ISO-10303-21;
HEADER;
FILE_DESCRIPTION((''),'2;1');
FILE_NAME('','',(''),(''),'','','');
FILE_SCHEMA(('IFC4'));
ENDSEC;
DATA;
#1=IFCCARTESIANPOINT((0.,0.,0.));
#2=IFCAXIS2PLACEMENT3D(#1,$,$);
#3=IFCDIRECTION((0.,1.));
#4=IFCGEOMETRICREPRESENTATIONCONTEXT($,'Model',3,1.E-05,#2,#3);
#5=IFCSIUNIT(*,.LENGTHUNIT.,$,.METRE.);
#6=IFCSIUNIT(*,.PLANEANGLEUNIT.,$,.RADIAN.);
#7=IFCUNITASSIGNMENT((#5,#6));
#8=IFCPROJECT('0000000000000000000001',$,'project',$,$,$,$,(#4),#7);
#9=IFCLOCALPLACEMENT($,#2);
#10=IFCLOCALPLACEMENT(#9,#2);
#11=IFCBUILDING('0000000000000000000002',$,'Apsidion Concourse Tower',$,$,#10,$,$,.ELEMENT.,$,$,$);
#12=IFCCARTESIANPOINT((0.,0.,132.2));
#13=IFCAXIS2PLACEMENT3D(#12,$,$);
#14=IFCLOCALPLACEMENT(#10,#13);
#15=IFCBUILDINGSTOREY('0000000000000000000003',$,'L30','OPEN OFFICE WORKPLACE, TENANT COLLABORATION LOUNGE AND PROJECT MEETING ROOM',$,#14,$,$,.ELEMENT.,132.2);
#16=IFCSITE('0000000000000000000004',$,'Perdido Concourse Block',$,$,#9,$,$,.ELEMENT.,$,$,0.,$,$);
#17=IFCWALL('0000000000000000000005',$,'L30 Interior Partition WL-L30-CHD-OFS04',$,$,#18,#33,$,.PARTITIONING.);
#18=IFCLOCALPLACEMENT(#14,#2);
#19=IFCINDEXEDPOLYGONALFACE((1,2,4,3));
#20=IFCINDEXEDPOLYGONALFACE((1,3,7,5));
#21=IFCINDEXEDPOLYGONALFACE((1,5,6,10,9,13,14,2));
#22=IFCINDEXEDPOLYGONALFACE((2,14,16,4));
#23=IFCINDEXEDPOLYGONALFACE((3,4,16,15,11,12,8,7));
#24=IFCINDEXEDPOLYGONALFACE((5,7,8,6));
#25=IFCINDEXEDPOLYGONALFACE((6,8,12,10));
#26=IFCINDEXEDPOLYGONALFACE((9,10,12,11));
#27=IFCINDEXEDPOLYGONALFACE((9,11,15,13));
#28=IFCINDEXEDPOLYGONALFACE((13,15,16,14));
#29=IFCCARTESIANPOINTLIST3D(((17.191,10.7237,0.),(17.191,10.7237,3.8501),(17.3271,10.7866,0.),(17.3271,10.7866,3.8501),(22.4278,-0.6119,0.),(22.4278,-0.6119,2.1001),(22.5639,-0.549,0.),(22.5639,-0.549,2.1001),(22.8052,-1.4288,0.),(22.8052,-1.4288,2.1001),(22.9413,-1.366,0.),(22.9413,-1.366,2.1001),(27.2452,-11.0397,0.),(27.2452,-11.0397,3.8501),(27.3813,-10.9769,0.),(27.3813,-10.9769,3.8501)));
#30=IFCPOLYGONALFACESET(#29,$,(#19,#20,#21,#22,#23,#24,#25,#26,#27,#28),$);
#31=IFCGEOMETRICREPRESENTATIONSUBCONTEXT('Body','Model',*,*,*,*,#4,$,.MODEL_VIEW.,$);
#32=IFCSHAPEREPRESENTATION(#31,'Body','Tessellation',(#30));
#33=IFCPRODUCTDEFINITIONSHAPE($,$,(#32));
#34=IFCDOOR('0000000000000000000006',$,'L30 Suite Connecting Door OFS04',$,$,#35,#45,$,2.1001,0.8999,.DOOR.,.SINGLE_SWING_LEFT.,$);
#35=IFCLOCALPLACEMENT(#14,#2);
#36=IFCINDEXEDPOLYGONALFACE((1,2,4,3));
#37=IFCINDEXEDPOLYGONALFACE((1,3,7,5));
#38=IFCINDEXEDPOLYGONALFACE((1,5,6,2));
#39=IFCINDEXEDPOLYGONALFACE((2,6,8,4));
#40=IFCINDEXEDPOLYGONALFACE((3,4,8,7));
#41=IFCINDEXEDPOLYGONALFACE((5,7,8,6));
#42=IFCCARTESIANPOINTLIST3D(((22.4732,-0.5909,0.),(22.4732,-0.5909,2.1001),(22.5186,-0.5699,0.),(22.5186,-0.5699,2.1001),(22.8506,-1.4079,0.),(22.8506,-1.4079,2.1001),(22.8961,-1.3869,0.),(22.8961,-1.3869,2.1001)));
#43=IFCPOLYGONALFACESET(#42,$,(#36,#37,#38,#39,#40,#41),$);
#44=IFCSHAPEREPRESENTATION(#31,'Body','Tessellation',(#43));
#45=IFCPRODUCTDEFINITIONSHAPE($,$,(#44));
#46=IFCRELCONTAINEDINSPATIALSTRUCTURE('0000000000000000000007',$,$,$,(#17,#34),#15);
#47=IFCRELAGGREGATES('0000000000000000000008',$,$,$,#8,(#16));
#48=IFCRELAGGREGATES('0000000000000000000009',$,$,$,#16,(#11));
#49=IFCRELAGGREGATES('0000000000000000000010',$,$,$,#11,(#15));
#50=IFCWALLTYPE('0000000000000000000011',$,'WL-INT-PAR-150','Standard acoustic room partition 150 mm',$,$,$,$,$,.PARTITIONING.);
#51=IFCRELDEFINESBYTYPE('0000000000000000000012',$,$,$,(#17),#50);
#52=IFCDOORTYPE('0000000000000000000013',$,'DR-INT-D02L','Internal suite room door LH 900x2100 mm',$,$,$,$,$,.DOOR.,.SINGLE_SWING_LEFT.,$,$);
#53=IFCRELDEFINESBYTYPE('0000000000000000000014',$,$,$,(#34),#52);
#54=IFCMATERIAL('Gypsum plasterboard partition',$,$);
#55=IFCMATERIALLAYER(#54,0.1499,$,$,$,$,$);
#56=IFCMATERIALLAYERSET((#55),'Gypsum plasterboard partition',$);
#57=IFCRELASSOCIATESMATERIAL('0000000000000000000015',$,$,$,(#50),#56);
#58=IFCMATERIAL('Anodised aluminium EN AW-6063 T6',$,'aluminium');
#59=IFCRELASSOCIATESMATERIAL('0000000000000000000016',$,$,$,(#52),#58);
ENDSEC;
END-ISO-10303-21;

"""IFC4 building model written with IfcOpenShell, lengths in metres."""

from ifc_helpers import new_model, si_unit, direction, frame, frame_2d, origin, place, context, subcontext, project, spatial, rectangle, extrude, material, layer, layer_set, type_object, element, fill, save


model = new_model("IFC4")

# Units and contexts
model_context = context("Model", 3, precision=1e-05, world=origin(), true_north=direction((0.0, 1.0)))
body_context = subcontext(model_context, "Body", "Model", "MODEL_VIEW")
ifc_project = project(units=[si_unit("LENGTHUNIT", "METRE"), si_unit("PLANEANGLEUNIT", "RADIAN")], contexts=[model_context])

# Site, building, storey
site_placement = place(None, origin())
site = spatial("IfcSite", under=ifc_project, at=site_placement, Name="Perdido Concourse Block", CompositionType="ELEMENT", RefElevation=0.0)
building_placement = place(site_placement, origin())
building = spatial("IfcBuilding", under=site, at=building_placement, Name="Apsidion Concourse Tower", CompositionType="ELEMENT")
storey_placement = place(building_placement, frame((0.0, 0.0, 132.2)))
storey = spatial("IfcBuildingStorey", under=building, at=storey_placement, Name="L30", Description="OPEN OFFICE WORKPLACE, TENANT COLLABORATION LOUNGE AND PROJECT MEETING ROOM", CompositionType="ELEMENT", Elevation=132.2)

# Shared definitions
ifc_material_1 = material(Name="Anodised aluminium EN AW-6063 T6", Category="aluminium")

# Shared definitions
ifc_material_2 = material(Name="Gypsum plasterboard partition")
ifc_layer_1 = layer(ifc_material_2, 0.1499)
ifc_layer_set_1 = layer_set([ifc_layer_1], Name="Gypsum plasterboard partition")
wall_type_1 = type_object("IfcWallType", Name="WL-INT-PAR-150", Description="Standard acoustic room partition 150 mm", PredefinedType="PARTITIONING", material=ifc_layer_set_1)

# Wall, opening, door
wall_1_placement = place(storey_placement, frame((27.3132, -11.0083, 0.0), z_axis=(0.0, 0.0, 1.0), x_axis=(-0.419386, 0.907808, 0.0)))
wall_1 = element("IfcWall", 1, at=wall_1_placement, inside=storey, type_object=wall_type_1, Name="L30 Interior Partition WL-L30-CHD-OFS04", PredefinedType="PARTITIONING", context=body_context, shape_type="SweptSolid", body=[
    extrude(rectangle(XDim=23.9736, YDim=0.1499, at=frame_2d((11.9868, 0.0))), origin(), (0.0, 0.0, 1.0), 3.8501),
])
opening_1_placement = place(wall_1_placement, frame((10.5869, 0.0, 0.0)))
opening_1 = element("IfcOpeningElement", 2, at=opening_1_placement, cuts=wall_1, PredefinedType="OPENING", context=body_context, shape_type="SweptSolid", body=[
    extrude(rectangle(XDim=0.8999, YDim=2.1001, at=frame_2d((0.45, 1.05))), frame((0.0, 0.085, 0.0), z_axis=(0.0, -1.0, 0.0), x_axis=(1.0, 0.0, 0.0)), (0.0, 0.0, 1.0), 0.1699),
])
door_type_1 = type_object("IfcDoorType", Name="DR-INT-D02L", Description="Internal suite room door LH 900x2100 mm", OperationType="SINGLE_SWING_LEFT", PredefinedType="DOOR", material=ifc_material_1)
door_1_placement = place(opening_1_placement, origin())
door_1 = element("IfcDoor", 3, at=door_1_placement, inside=storey, type_object=door_type_1, Name="L30 Suite Connecting Door OFS04", OperationType="SINGLE_SWING_LEFT", OverallHeight=2.1001, OverallWidth=0.8999, PredefinedType="DOOR", context=body_context, shape_type="SweptSolid", body=[
    extrude(rectangle(XDim=0.8999, YDim=2.1001, at=frame_2d((0.45, 1.05))), frame((0.0, 0.0249, 0.0), z_axis=(0.0, -1.0, 0.0), x_axis=(1.0, 0.0, 0.0)), (0.0, 0.0, 1.0), 0.05),
])
fill(opening_1, door_1)

save(model, "model.ifc")
